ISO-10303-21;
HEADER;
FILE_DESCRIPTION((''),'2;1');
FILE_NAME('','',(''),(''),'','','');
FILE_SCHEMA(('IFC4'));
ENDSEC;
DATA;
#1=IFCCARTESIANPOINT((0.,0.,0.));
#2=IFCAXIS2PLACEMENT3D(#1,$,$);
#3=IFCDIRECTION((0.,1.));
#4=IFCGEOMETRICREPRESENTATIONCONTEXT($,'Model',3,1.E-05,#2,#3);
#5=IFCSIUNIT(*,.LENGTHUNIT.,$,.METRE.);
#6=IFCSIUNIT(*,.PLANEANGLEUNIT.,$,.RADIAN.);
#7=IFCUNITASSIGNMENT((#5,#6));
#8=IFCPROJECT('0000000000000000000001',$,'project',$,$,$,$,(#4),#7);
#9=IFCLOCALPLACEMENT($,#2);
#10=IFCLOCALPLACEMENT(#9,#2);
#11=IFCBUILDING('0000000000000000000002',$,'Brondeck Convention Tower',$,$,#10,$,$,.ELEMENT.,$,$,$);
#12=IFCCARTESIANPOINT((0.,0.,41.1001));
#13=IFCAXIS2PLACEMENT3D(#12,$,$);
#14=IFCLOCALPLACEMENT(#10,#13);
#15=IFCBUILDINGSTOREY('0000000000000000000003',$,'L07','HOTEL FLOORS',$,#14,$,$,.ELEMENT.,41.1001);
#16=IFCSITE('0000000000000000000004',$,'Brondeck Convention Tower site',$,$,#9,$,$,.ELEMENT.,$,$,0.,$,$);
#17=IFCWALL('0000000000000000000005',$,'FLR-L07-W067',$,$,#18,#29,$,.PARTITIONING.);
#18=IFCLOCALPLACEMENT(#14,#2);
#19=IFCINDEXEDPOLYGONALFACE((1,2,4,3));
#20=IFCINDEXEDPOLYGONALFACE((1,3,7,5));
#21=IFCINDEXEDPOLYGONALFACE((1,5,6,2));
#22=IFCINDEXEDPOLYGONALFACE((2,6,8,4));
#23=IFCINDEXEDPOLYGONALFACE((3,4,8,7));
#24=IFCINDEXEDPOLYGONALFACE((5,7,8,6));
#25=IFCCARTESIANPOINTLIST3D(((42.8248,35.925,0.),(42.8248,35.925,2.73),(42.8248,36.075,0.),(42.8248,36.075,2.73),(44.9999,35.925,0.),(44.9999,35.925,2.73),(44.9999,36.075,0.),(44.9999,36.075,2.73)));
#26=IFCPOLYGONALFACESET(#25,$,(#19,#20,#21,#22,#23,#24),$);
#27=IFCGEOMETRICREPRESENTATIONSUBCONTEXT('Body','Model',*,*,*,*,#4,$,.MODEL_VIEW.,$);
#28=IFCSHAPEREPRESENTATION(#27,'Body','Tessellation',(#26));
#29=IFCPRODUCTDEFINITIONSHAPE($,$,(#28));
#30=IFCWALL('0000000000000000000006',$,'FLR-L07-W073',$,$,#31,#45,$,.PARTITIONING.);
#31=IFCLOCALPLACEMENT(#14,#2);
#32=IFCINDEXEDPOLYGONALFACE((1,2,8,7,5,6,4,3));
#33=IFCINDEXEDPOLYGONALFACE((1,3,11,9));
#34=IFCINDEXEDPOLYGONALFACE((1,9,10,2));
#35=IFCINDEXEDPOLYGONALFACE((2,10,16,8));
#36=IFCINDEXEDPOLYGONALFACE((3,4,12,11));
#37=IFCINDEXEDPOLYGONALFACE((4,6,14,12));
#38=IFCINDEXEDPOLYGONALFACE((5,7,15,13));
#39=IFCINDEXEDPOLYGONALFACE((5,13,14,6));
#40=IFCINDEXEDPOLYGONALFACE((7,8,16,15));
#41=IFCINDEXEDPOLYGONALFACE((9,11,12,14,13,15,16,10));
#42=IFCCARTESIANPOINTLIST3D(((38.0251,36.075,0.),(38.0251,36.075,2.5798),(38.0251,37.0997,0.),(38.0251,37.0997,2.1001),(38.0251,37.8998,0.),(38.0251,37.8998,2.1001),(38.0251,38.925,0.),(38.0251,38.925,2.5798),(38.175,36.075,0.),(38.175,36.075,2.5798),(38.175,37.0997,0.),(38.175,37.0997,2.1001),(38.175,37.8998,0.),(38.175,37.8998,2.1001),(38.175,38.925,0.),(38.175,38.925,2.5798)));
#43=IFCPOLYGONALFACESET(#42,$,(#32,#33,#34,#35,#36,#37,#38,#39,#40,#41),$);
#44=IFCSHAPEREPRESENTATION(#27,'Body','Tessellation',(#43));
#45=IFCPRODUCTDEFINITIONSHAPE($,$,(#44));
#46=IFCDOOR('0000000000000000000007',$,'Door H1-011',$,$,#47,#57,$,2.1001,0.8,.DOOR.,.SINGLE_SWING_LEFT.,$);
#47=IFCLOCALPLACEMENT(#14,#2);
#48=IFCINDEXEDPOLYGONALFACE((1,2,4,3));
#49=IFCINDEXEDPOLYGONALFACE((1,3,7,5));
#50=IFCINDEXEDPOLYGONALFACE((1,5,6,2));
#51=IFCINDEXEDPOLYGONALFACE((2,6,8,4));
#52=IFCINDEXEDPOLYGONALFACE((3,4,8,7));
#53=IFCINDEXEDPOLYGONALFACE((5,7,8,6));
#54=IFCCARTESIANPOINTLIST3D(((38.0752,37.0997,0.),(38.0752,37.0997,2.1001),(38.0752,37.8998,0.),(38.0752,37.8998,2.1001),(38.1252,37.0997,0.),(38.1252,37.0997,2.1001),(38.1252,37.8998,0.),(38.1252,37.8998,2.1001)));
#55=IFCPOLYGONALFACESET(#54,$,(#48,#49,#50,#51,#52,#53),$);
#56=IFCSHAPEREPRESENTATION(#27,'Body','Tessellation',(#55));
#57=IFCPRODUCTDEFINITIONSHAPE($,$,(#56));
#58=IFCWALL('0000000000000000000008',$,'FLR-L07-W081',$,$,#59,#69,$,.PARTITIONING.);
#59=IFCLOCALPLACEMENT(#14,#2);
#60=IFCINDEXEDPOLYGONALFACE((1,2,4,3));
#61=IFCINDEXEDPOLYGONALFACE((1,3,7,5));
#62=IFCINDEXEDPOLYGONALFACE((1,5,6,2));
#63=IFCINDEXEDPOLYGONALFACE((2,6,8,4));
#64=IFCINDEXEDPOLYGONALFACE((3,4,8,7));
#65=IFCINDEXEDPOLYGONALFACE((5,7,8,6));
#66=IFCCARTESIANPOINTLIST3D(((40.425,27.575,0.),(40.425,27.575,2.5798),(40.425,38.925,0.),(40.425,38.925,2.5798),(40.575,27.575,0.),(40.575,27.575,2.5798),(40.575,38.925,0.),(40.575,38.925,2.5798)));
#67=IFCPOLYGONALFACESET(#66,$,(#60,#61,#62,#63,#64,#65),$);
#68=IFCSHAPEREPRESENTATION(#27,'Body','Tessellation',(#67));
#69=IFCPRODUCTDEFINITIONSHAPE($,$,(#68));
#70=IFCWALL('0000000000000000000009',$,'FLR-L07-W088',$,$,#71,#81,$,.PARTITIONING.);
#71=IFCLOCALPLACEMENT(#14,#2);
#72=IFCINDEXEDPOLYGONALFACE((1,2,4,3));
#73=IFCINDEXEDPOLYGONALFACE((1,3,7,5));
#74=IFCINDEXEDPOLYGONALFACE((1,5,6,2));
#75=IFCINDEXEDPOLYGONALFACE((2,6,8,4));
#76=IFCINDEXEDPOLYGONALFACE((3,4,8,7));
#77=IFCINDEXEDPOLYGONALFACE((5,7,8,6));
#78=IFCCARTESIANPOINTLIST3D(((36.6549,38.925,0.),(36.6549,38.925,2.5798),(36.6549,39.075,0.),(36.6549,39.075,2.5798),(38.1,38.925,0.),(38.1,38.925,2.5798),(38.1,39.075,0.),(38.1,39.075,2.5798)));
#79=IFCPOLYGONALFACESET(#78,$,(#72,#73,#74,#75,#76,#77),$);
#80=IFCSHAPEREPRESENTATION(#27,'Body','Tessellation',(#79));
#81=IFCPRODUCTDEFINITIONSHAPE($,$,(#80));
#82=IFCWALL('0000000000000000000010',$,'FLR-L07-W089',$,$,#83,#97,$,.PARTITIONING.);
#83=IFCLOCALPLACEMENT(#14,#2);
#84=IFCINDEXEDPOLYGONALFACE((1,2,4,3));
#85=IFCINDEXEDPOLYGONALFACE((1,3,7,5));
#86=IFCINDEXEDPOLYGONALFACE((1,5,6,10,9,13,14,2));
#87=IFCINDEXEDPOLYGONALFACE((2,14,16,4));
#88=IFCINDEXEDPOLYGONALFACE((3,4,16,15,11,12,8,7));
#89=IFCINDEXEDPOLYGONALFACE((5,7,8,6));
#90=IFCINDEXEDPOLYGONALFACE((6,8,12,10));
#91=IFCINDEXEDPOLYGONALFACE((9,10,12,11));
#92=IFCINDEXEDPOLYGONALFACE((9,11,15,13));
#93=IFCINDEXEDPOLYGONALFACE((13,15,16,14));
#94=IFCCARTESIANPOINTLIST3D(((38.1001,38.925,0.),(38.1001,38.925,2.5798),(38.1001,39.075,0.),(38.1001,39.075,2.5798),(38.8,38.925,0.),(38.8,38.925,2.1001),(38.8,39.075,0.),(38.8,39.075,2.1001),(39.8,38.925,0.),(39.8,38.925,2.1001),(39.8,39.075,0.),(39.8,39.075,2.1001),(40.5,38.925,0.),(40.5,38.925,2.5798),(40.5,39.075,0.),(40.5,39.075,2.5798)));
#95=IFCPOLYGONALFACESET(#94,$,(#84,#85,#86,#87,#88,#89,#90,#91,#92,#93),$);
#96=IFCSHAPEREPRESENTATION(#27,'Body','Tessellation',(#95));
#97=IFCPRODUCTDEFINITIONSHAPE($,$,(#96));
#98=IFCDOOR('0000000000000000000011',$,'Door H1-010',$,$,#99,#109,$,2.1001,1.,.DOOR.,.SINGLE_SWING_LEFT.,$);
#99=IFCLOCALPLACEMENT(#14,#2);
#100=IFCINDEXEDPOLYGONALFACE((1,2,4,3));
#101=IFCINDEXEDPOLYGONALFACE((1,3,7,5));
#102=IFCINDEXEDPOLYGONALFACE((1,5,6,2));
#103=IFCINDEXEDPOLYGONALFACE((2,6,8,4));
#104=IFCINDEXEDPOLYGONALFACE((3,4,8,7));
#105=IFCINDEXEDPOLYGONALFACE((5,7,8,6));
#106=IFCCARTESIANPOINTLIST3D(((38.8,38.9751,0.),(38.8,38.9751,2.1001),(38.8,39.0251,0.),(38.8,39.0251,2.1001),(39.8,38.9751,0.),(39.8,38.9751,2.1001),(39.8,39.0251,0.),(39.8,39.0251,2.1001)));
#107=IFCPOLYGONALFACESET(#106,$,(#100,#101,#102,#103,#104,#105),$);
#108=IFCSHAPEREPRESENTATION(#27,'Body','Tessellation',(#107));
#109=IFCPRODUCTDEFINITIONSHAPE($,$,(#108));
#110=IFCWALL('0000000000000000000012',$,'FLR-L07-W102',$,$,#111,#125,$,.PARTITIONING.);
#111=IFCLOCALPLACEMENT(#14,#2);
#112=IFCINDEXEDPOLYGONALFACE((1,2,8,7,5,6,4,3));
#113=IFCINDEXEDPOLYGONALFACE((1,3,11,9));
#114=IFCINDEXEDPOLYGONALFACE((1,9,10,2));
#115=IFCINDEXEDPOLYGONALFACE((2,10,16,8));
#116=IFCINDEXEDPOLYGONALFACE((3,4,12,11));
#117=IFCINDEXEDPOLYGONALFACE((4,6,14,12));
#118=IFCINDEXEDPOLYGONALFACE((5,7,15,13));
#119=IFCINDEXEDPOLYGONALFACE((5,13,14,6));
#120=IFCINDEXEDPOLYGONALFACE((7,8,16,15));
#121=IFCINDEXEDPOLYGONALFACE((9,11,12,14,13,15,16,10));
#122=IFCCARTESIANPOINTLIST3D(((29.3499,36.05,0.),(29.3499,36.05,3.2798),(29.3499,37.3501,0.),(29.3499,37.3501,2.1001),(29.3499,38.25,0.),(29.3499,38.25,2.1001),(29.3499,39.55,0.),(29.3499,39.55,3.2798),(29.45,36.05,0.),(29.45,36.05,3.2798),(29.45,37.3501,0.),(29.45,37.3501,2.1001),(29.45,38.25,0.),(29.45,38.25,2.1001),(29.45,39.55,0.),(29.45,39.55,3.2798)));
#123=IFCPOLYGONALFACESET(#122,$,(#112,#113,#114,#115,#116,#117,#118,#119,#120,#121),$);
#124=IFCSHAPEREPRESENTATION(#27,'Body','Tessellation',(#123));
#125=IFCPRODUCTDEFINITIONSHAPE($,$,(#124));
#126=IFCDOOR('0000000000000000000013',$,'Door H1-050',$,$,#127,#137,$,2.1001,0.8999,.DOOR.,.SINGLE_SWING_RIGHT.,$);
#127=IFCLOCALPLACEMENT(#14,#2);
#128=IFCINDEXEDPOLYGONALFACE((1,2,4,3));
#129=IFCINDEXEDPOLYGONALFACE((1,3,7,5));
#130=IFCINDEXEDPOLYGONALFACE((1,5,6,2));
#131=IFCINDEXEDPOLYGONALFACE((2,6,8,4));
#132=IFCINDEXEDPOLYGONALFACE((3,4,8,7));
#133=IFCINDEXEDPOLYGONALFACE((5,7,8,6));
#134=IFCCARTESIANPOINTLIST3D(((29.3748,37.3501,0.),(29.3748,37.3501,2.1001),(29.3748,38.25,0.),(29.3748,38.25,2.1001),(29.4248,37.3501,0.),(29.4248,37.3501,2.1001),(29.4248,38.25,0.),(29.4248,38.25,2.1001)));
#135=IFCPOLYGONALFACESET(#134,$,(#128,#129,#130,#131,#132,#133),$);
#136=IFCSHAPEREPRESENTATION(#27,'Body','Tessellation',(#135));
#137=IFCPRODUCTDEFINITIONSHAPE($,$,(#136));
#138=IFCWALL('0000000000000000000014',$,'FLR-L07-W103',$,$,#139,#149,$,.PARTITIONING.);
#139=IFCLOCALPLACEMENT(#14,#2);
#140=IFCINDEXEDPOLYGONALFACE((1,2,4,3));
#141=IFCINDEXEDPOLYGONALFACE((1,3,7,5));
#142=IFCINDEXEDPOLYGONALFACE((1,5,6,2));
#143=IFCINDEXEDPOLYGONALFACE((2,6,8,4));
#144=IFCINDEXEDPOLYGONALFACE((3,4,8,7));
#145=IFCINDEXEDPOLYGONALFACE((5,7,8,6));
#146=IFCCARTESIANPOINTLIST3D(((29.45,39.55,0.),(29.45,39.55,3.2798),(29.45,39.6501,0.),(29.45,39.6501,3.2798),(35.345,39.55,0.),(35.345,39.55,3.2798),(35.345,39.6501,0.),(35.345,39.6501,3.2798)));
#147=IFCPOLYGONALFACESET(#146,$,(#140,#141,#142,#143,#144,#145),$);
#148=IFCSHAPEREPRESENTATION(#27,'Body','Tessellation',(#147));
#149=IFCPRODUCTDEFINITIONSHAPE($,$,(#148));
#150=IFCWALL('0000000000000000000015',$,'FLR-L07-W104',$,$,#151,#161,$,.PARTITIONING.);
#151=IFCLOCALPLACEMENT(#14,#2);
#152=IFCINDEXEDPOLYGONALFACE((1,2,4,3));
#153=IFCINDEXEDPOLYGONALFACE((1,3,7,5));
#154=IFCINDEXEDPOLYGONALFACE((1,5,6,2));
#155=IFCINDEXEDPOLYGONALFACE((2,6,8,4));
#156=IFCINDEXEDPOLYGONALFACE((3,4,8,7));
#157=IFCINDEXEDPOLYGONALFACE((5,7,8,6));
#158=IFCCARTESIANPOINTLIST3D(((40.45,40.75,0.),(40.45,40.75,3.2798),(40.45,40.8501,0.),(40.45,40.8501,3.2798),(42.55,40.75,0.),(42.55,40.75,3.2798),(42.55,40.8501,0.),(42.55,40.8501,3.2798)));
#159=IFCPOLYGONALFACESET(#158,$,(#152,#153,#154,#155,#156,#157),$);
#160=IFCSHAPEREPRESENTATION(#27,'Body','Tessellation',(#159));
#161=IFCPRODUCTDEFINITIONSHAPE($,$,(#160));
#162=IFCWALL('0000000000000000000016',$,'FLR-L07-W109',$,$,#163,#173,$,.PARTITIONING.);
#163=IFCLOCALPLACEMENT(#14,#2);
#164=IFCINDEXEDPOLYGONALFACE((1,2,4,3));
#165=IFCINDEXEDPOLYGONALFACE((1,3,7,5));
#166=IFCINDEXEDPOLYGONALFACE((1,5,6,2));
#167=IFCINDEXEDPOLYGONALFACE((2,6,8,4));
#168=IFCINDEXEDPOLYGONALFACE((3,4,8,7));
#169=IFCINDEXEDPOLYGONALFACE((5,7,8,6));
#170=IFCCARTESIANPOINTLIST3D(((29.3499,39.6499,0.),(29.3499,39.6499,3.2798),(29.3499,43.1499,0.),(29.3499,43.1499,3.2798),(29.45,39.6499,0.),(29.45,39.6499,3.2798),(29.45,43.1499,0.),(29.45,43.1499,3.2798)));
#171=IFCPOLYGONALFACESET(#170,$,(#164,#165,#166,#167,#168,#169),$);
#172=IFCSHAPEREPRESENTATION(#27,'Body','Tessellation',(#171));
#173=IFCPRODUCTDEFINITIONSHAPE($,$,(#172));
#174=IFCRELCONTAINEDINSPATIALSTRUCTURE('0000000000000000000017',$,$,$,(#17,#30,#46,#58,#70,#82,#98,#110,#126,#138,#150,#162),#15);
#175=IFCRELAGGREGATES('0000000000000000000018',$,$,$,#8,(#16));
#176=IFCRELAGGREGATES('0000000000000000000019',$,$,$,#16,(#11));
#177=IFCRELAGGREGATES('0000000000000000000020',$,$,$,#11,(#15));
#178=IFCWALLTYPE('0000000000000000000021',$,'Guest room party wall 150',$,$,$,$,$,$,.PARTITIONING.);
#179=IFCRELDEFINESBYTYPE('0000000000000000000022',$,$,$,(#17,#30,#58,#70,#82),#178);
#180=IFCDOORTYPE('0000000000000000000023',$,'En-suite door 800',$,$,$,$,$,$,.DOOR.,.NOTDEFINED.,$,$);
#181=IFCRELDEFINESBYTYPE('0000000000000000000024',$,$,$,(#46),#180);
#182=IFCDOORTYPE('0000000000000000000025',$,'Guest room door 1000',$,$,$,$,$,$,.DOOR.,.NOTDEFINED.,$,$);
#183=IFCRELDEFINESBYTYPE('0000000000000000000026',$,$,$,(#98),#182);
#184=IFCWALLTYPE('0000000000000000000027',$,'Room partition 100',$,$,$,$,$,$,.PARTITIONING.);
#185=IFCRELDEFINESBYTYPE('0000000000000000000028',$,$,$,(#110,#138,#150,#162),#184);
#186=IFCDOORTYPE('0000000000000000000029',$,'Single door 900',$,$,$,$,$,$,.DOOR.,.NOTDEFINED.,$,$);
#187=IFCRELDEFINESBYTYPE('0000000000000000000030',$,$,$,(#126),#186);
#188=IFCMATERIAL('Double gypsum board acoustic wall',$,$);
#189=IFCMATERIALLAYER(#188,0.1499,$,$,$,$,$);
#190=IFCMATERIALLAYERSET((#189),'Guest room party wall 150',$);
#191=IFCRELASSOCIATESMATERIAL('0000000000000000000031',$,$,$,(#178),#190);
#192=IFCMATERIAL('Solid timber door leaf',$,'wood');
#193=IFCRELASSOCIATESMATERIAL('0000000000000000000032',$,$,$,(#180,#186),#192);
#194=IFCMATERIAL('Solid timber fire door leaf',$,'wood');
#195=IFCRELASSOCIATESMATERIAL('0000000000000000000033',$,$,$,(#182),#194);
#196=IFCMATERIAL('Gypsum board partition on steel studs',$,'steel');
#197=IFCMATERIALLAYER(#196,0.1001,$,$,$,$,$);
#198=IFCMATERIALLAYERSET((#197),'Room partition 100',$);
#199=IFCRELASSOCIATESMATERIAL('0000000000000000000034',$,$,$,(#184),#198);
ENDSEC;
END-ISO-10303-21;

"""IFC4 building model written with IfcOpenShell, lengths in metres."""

from ifc_helpers import new_model, si_unit, direction, frame, frame_2d, origin, place, context, subcontext, project, spatial, rectangle, extrude, material, layer, layer_set, type_object, element, fill, save


model = new_model("IFC4")

# Units and contexts
model_context = context("Model", 3, precision=1e-05, world=origin(), true_north=direction((0.0, 1.0)))
body_context = subcontext(model_context, "Body", "Model", "MODEL_VIEW")
ifc_project = project(units=[si_unit("LENGTHUNIT", "METRE"), si_unit("PLANEANGLEUNIT", "RADIAN")], contexts=[model_context])

# Site, building, storey
site_placement = place(None, origin())
site = spatial("IfcSite", under=ifc_project, at=site_placement, Name="Brondeck Convention Tower site", CompositionType="ELEMENT", RefElevation=0.0)
building_placement = place(site_placement, origin())
building = spatial("IfcBuilding", under=site, at=building_placement, Name="Brondeck Convention Tower", CompositionType="ELEMENT")
storey_placement = place(building_placement, frame((0.0, 0.0, 41.1001)))
storey = spatial("IfcBuildingStorey", under=building, at=storey_placement, Name="L07", Description="HOTEL FLOORS", CompositionType="ELEMENT", Elevation=41.1001)

# Wall
ifc_material_1 = material(Name="Double gypsum board acoustic wall")
ifc_layer_1 = layer(ifc_material_1, 0.1499)
ifc_layer_set_1 = layer_set([ifc_layer_1], Name="Guest room party wall 150")
wall_type_1 = type_object("IfcWallType", Name="Guest room party wall 150", PredefinedType="PARTITIONING", material=ifc_layer_set_1)
wall_1_placement = place(storey_placement, frame((42.825, 36.0, 0.0), z_axis=(0.0, 0.0, 1.0), x_axis=(1.0, 0.0, 0.0)))
element("IfcWall", 1, at=wall_1_placement, inside=storey, type_object=wall_type_1, Name="FLR-L07-W067", PredefinedType="PARTITIONING", context=body_context, shape_type="SweptSolid", body=[
    extrude(rectangle(XDim=2.175, YDim=0.1499, at=frame_2d((1.0874, 0.0))), origin(), (0.0, 0.0, 1.0), 2.73),
])

# Wall, opening, door
wall_2_placement = place(storey_placement, frame((38.1001, 36.075, 0.0), z_axis=(0.0, 0.0, 1.0), x_axis=(0.0, 1.0, 0.0)))
wall_2 = element("IfcWall", 2, at=wall_2_placement, inside=storey, type_object=wall_type_1, Name="FLR-L07-W073", PredefinedType="PARTITIONING", context=body_context, shape_type="SweptSolid", body=[
    extrude(rectangle(XDim=2.8501, YDim=0.1499, at=frame_2d((1.425, 0.0))), origin(), (0.0, 0.0, 1.0), 2.5798),
])
opening_1_placement = place(wall_2_placement, frame((1.0249, 0.0, 0.0)))
opening_1 = element("IfcOpeningElement", 3, at=opening_1_placement, cuts=wall_2, PredefinedType="OPENING", context=body_context, shape_type="SweptSolid", body=[
    extrude(rectangle(XDim=0.8, YDim=2.1001, at=frame_2d((0.3999, 1.05))), frame((0.0, 0.085, 0.0), z_axis=(0.0, -1.0, 0.0), x_axis=(1.0, 0.0, 0.0)), (0.0, 0.0, 1.0), 0.1699),
])
ifc_material_2 = material(Name="Solid timber door leaf", Category="wood")
door_type_1 = type_object("IfcDoorType", Name="En-suite door 800", OperationType="NOTDEFINED", PredefinedType="DOOR", material=ifc_material_2)
door_1_placement = place(opening_1_placement, origin())
door_1 = element("IfcDoor", 4, at=door_1_placement, inside=storey, type_object=door_type_1, Name="Door H1-011", OperationType="SINGLE_SWING_LEFT", OverallHeight=2.1001, OverallWidth=0.8, PredefinedType="DOOR", context=body_context, shape_type="SweptSolid", body=[
    extrude(rectangle(XDim=0.8, YDim=2.1001, at=frame_2d((0.3999, 1.05))), frame((0.0, 0.0249, 0.0), z_axis=(0.0, -1.0, 0.0), x_axis=(1.0, 0.0, 0.0)), (0.0, 0.0, 1.0), 0.05),
])
fill(opening_1, door_1)

# Walls
wall_3_placement = place(storey_placement, frame((40.5, 38.925, 0.0), z_axis=(0.0, 0.0, 1.0), x_axis=(0.0, -1.0, 0.0)))
element("IfcWall", 5, at=wall_3_placement, inside=storey, type_object=wall_type_1, Name="FLR-L07-W081", PredefinedType="PARTITIONING", context=body_context, shape_type="SweptSolid", body=[
    extrude(rectangle(XDim=11.3501, YDim=0.1499, at=frame_2d((5.675, 0.0))), origin(), (0.0, 0.0, 1.0), 2.5798),
])
wall_4_placement = place(storey_placement, frame((38.1001, 39.0, 0.0), z_axis=(0.0, 0.0, 1.0), x_axis=(-1.0, 0.0, 0.0)))
element("IfcWall", 6, at=wall_4_placement, inside=storey, type_object=wall_type_1, Name="FLR-L07-W088", PredefinedType="PARTITIONING", context=body_context, shape_type="SweptSolid", body=[
    extrude(rectangle(XDim=1.4451, YDim=0.1499, at=frame_2d((0.7227, 0.0))), origin(), (0.0, 0.0, 1.0), 2.5798),
])

# Walls, openings, doors
wall_5_placement = place(storey_placement, frame((40.5, 39.0, 0.0), z_axis=(0.0, 0.0, 1.0), x_axis=(-1.0, 0.0, 0.0)))
wall_5 = element("IfcWall", 7, at=wall_5_placement, inside=storey, type_object=wall_type_1, Name="FLR-L07-W089", PredefinedType="PARTITIONING", context=body_context, shape_type="SweptSolid", body=[
    extrude(rectangle(XDim=2.3999, YDim=0.1499, at=frame_2d((1.2, 0.0))), origin(), (0.0, 0.0, 1.0), 2.5798),
])
opening_2_placement = place(wall_5_placement, frame((0.7, 0.0, 0.0)))
opening_2 = element("IfcOpeningElement", 8, at=opening_2_placement, cuts=wall_5, PredefinedType="OPENING", context=body_context, shape_type="SweptSolid", body=[
    extrude(rectangle(XDim=1.0, YDim=2.1001, at=frame_2d((0.5, 1.05))), frame((0.0, 0.085, 0.0), z_axis=(0.0, -1.0, 0.0), x_axis=(1.0, 0.0, 0.0)), (0.0, 0.0, 1.0), 0.1699),
])
ifc_material_3 = material(Name="Solid timber fire door leaf", Category="wood")
door_type_2 = type_object("IfcDoorType", Name="Guest room door 1000", OperationType="NOTDEFINED", PredefinedType="DOOR", material=ifc_material_3)
door_2_placement = place(opening_2_placement, origin())
door_2 = element("IfcDoor", 9, at=door_2_placement, inside=storey, type_object=door_type_2, Name="Door H1-010", OperationType="SINGLE_SWING_LEFT", OverallHeight=2.1001, OverallWidth=1.0, PredefinedType="DOOR", context=body_context, shape_type="SweptSolid", body=[
    extrude(rectangle(XDim=1.0, YDim=2.1001, at=frame_2d((0.5, 1.05))), frame((0.0, 0.0249, 0.0), z_axis=(0.0, -1.0, 0.0), x_axis=(1.0, 0.0, 0.0)), (0.0, 0.0, 1.0), 0.05),
])
fill(opening_2, door_2)
ifc_material_4 = material(Name="Gypsum board partition on steel studs", Category="steel")
ifc_layer_2 = layer(ifc_material_4, 0.1001)
ifc_layer_set_2 = layer_set([ifc_layer_2], Name="Room partition 100")
wall_type_2 = type_object("IfcWallType", Name="Room partition 100", PredefinedType="PARTITIONING", material=ifc_layer_set_2)
wall_6_placement = place(storey_placement, frame((29.3999, 39.55, 0.0), z_axis=(0.0, 0.0, 1.0), x_axis=(0.0, -1.0, 0.0)))
wall_6 = element("IfcWall", 10, at=wall_6_placement, inside=storey, type_object=wall_type_2, Name="FLR-L07-W102", PredefinedType="PARTITIONING", context=body_context, shape_type="SweptSolid", body=[
    extrude(rectangle(XDim=3.5, YDim=0.1001, at=frame_2d((1.75, 0.0))), origin(), (0.0, 0.0, 1.0), 3.2798),
])
opening_3_placement = place(wall_6_placement, frame((1.3, 0.0, 0.0)))
opening_3 = element("IfcOpeningElement", 11, at=opening_3_placement, cuts=wall_6, PredefinedType="OPENING", context=body_context, shape_type="SweptSolid", body=[
    extrude(rectangle(XDim=0.8999, YDim=2.1001, at=frame_2d((0.45, 1.05))), frame((0.0, 0.0601, 0.0), z_axis=(0.0, -1.0, 0.0), x_axis=(1.0, 0.0, 0.0)), (0.0, 0.0, 1.0), 0.1201),
])
door_type_3 = type_object("IfcDoorType", Name="Single door 900", OperationType="NOTDEFINED", PredefinedType="DOOR", material=ifc_material_2)
door_3_placement = place(opening_3_placement, origin())
door_3 = element("IfcDoor", 12, at=door_3_placement, inside=storey, type_object=door_type_3, Name="Door H1-050", OperationType="SINGLE_SWING_RIGHT", OverallHeight=2.1001, OverallWidth=0.8999, PredefinedType="DOOR", context=body_context, shape_type="SweptSolid", body=[
    extrude(rectangle(XDim=0.8999, YDim=2.1001, at=frame_2d((0.45, 1.05))), frame((0.0, 0.0249, 0.0), z_axis=(0.0, -1.0, 0.0), x_axis=(1.0, 0.0, 0.0)), (0.0, 0.0, 1.0), 0.05),
])
fill(opening_3, door_3)

# Walls
wall_7_placement = place(storey_placement, frame((35.345, 39.6001, 0.0), z_axis=(0.0, 0.0, 1.0), x_axis=(-1.0, 0.0, 0.0)))
element("IfcWall", 13, at=wall_7_placement, inside=storey, type_object=wall_type_2, Name="FLR-L07-W103", PredefinedType="PARTITIONING", context=body_context, shape_type="SweptSolid", body=[
    extrude(rectangle(XDim=5.895, YDim=0.1001, at=frame_2d((2.9475, 0.0))), origin(), (0.0, 0.0, 1.0), 3.2798),
])
wall_8_placement = place(storey_placement, frame((40.45, 40.8, 0.0), z_axis=(0.0, 0.0, 1.0), x_axis=(1.0, 0.0, 0.0)))
element("IfcWall", 14, at=wall_8_placement, inside=storey, type_object=wall_type_2, Name="FLR-L07-W104", PredefinedType="PARTITIONING", context=body_context, shape_type="SweptSolid", body=[
    extrude(rectangle(XDim=2.1001, YDim=0.1001, at=frame_2d((1.05, 0.0))), origin(), (0.0, 0.0, 1.0), 3.2798),
])
wall_9_placement = place(storey_placement, frame((29.3999, 43.1499, 0.0), z_axis=(0.0, 0.0, 1.0), x_axis=(0.0, -1.0, 0.0)))
element("IfcWall", 15, at=wall_9_placement, inside=storey, type_object=wall_type_2, Name="FLR-L07-W109", PredefinedType="PARTITIONING", context=body_context, shape_type="SweptSolid", body=[
    extrude(rectangle(XDim=3.5, YDim=0.1001, at=frame_2d((1.75, 0.0))), origin(), (0.0, 0.0, 1.0), 3.2798),
])

save(model, "model.ifc")
